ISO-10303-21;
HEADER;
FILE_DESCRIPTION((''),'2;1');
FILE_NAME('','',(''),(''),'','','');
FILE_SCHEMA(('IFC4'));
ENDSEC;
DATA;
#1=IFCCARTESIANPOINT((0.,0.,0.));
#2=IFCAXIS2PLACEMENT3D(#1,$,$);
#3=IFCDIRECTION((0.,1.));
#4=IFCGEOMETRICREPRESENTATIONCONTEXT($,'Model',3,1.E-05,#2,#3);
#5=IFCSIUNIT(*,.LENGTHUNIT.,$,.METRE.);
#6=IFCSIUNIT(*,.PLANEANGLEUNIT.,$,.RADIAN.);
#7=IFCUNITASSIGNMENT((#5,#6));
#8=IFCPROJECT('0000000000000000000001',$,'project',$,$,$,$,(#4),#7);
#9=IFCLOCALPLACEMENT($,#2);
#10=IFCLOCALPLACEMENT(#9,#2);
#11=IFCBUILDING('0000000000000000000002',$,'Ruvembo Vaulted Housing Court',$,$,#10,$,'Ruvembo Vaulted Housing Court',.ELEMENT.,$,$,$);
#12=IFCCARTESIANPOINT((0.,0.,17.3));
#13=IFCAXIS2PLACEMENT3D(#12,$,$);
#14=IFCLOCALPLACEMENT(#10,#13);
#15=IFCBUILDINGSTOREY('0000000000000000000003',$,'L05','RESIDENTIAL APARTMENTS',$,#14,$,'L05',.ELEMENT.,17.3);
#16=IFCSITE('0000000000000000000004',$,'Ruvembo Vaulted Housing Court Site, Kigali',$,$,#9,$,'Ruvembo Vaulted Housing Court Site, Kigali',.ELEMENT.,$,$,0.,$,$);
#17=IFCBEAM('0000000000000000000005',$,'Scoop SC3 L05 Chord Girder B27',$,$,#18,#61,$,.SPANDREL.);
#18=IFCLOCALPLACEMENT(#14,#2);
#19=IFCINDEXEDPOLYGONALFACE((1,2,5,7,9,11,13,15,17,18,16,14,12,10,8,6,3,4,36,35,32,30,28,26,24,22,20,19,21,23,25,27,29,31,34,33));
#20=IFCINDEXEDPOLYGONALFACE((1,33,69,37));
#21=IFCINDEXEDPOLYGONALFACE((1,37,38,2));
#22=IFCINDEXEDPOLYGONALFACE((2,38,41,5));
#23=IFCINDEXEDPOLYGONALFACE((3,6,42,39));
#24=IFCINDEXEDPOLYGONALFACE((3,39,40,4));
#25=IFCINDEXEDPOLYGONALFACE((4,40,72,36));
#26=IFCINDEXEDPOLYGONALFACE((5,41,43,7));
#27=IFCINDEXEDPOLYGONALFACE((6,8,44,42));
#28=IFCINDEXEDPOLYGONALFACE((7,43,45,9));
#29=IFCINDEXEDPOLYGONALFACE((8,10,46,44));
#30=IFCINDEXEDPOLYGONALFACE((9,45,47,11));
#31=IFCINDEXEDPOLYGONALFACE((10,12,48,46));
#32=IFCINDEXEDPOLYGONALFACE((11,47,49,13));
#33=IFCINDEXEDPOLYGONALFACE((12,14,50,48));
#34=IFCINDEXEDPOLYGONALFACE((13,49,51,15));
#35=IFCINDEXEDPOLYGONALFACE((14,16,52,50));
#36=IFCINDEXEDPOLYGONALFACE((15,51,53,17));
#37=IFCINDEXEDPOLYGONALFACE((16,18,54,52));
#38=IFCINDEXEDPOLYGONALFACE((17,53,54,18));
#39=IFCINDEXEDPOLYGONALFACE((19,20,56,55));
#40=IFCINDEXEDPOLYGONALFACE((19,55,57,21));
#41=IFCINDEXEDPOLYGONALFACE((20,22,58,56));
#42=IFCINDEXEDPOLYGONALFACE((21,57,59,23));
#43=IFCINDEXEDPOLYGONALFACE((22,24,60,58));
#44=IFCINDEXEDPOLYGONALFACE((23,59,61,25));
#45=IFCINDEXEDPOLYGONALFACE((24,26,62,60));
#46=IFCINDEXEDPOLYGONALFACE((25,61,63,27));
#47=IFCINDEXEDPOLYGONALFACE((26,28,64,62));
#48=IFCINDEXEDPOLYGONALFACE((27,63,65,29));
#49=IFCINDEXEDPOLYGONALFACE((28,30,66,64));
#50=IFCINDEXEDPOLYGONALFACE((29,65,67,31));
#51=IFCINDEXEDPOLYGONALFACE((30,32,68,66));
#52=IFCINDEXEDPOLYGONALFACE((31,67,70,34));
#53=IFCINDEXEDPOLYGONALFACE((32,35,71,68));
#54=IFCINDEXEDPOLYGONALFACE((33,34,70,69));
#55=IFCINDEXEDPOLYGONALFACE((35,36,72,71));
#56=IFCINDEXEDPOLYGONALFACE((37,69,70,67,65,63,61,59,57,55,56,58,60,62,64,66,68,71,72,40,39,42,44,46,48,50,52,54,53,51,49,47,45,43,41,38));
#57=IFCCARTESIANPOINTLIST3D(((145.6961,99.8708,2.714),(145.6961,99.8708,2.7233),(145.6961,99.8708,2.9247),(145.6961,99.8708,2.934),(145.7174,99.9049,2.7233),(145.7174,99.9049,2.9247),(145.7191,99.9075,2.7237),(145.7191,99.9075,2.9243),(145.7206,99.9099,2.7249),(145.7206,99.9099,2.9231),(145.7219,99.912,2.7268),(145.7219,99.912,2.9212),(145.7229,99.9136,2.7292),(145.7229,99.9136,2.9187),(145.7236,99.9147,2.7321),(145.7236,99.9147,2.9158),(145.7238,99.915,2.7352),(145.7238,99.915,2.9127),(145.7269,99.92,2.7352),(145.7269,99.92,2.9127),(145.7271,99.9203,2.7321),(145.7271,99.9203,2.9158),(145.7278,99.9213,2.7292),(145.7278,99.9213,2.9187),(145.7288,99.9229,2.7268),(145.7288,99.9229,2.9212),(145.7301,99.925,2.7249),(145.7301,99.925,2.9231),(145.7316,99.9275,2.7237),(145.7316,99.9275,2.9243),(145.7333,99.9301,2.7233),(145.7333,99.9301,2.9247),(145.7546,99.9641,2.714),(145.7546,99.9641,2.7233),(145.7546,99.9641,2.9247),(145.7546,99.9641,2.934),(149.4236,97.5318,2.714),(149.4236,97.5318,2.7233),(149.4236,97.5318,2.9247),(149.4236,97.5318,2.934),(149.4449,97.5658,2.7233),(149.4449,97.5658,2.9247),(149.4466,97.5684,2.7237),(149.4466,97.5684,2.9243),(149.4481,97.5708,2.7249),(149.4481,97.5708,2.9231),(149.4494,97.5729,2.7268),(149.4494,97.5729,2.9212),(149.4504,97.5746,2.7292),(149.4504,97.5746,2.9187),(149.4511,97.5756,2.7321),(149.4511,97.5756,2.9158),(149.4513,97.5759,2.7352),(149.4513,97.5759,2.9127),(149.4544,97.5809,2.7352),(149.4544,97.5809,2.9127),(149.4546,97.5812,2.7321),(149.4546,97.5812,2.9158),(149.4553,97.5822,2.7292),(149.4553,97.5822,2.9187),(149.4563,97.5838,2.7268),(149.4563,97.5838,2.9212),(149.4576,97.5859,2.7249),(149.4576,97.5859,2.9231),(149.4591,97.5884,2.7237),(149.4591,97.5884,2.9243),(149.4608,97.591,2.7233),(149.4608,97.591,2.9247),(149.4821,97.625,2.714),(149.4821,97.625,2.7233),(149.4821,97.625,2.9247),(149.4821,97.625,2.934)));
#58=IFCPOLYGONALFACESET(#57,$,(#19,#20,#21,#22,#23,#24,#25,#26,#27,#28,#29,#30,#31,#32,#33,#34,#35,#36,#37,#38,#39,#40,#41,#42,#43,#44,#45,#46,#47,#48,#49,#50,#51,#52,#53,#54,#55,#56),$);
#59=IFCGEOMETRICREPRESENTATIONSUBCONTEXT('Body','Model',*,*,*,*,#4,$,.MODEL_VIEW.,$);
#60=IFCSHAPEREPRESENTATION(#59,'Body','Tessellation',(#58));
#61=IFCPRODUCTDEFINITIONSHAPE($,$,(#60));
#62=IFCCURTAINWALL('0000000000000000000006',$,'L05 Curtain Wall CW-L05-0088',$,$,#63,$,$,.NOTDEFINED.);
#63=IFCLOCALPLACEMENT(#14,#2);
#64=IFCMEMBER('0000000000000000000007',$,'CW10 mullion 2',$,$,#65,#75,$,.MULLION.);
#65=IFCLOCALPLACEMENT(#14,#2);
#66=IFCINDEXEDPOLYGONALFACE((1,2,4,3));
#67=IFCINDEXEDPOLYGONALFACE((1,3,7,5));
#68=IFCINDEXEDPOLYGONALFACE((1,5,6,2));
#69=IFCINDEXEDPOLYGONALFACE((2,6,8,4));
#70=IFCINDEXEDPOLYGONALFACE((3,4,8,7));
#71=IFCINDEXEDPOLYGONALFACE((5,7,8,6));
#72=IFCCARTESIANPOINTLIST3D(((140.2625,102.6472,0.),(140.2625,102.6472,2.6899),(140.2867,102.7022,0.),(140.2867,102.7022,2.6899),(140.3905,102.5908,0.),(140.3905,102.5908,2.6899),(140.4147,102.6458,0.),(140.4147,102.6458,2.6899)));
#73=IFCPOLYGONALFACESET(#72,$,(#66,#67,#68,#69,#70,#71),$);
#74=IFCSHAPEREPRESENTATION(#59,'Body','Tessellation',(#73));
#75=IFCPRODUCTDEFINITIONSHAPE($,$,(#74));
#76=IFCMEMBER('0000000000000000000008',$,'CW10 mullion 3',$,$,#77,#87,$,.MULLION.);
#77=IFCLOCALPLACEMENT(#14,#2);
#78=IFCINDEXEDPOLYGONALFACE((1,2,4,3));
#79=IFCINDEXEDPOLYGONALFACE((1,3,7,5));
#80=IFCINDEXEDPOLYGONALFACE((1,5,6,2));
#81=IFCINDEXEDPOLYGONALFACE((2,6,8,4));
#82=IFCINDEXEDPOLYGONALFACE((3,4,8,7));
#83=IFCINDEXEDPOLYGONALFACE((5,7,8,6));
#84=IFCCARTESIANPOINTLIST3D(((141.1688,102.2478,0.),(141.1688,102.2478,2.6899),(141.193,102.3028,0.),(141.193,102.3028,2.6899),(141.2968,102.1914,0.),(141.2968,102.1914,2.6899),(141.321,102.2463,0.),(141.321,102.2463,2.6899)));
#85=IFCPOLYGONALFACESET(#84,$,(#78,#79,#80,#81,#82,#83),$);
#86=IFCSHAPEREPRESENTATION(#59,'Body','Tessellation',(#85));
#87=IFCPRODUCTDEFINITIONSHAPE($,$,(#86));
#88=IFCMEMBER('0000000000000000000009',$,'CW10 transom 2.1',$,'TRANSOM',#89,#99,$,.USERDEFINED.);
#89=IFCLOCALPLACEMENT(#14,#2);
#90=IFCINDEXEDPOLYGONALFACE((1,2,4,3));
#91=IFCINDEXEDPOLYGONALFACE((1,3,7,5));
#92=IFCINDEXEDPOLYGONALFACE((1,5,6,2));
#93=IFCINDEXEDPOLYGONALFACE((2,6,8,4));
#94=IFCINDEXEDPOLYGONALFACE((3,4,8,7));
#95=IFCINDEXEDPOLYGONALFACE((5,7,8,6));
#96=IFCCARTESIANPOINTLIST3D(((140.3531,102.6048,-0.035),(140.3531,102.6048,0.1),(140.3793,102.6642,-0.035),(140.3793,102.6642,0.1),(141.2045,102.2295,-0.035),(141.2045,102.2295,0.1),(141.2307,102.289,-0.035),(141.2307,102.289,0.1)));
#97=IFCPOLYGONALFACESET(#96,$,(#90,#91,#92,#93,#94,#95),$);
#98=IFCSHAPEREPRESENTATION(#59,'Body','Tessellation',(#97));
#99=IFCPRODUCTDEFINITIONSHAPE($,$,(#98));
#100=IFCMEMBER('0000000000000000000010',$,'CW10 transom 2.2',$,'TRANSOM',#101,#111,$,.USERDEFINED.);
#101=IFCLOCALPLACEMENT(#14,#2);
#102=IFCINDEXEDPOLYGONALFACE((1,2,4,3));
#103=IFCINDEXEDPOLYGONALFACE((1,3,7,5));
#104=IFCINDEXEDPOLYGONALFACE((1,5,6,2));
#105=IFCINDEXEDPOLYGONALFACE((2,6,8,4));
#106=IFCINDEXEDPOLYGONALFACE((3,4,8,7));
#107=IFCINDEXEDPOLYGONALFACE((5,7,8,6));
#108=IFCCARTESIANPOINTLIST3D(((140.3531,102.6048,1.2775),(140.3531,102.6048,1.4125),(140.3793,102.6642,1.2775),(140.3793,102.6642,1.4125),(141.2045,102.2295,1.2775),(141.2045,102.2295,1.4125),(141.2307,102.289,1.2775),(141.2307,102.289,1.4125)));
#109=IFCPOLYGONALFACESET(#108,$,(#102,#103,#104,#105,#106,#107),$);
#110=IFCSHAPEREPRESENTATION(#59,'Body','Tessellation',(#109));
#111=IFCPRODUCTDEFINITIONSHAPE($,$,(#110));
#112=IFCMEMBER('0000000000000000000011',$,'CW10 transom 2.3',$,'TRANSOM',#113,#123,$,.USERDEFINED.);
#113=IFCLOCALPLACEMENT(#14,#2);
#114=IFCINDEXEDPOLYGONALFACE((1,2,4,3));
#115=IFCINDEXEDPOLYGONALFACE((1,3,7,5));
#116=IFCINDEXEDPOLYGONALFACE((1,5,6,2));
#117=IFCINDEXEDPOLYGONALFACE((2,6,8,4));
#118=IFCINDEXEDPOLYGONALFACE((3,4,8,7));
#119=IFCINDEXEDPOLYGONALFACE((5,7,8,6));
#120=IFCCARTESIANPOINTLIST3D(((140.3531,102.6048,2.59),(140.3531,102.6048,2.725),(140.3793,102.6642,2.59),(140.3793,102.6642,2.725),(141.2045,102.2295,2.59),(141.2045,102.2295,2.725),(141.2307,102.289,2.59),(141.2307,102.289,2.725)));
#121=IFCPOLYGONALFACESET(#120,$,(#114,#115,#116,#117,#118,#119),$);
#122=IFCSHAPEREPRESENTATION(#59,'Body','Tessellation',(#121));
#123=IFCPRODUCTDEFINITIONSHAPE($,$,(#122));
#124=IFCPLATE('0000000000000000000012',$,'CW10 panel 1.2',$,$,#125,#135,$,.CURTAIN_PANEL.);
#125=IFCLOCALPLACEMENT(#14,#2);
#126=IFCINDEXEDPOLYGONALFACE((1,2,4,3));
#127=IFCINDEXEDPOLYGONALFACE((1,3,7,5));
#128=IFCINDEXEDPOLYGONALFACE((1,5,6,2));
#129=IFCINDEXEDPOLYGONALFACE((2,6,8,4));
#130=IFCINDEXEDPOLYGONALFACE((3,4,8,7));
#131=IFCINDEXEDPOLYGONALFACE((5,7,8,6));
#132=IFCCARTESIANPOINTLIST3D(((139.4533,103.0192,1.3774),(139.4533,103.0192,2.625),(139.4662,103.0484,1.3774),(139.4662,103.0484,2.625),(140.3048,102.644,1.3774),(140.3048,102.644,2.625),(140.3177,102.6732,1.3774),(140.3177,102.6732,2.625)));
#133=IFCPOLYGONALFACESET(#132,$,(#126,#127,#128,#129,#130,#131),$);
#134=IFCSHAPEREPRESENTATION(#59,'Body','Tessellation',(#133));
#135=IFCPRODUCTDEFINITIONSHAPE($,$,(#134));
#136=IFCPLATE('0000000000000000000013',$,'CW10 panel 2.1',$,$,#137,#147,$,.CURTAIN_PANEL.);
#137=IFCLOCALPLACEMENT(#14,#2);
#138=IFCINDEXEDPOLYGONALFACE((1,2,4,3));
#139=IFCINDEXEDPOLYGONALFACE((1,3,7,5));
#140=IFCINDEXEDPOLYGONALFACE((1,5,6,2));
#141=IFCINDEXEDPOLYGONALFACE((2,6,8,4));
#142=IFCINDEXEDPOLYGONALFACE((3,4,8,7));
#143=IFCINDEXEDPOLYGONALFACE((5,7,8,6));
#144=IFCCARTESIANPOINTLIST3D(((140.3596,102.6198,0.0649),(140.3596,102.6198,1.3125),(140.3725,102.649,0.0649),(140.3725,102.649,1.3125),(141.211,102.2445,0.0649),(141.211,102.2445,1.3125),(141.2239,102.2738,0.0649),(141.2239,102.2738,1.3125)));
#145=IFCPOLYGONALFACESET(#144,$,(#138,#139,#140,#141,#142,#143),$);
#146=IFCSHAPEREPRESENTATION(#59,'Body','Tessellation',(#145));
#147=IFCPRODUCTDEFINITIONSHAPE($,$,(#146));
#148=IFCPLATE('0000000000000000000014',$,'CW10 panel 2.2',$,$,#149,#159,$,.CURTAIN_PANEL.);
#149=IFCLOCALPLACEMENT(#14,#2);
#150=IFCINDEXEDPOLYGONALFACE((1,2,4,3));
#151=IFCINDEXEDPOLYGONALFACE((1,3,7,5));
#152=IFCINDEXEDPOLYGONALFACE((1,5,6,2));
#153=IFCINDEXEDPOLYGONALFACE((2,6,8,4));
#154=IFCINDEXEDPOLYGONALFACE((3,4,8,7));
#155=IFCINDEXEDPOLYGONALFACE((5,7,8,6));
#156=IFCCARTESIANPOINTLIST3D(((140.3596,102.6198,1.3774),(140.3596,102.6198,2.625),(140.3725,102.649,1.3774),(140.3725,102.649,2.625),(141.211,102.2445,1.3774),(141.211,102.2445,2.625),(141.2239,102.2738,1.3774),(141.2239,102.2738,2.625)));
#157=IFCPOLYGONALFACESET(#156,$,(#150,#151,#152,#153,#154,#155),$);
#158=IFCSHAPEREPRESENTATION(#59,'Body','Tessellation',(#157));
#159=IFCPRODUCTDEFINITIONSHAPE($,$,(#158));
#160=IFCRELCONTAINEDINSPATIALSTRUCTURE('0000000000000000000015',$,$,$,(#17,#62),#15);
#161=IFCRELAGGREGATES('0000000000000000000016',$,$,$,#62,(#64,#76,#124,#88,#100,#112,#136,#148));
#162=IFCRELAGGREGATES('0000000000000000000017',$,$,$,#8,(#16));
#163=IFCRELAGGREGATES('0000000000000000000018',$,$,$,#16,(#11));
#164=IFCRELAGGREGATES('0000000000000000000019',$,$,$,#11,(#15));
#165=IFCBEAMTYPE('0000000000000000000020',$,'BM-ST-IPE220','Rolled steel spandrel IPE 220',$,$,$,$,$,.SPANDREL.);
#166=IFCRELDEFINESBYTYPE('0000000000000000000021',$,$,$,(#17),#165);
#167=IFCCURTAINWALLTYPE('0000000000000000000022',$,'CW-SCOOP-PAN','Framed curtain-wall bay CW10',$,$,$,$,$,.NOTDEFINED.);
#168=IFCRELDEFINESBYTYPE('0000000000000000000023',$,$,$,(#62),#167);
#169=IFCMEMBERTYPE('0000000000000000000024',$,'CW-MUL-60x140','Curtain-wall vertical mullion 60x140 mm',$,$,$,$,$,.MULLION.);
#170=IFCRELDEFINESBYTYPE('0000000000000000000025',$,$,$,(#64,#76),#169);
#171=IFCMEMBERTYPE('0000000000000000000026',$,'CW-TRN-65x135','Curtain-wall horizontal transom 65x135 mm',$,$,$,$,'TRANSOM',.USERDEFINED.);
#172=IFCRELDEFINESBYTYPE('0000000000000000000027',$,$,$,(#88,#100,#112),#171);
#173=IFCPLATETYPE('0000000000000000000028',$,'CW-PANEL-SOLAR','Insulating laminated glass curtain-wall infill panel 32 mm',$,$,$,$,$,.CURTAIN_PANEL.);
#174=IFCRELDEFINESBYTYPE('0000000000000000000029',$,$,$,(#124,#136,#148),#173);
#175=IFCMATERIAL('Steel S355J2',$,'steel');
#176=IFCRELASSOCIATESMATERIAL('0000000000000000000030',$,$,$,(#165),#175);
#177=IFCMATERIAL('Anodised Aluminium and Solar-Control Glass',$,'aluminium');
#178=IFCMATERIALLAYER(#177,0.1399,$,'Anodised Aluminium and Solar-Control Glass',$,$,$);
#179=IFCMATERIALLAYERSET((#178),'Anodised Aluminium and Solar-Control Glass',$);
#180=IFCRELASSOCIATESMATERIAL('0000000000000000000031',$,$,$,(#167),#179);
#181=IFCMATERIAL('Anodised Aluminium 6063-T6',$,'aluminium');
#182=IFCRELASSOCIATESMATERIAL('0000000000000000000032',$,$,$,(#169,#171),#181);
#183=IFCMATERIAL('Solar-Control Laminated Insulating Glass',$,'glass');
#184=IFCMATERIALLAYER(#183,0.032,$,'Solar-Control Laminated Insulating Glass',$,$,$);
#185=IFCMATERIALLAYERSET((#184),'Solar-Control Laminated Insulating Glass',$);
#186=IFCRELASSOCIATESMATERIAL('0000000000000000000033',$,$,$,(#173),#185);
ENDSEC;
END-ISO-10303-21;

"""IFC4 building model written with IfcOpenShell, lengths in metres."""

from ifc_helpers import new_model, si_unit, direction, frame, origin, origin_2d, place, context, subcontext, project, spatial, rectangle, i_section, extrude, material, layer, layer_set, material_profile, profile_set, type_object, element, aggregate, save


model = new_model("IFC4")

# Units and contexts
model_context = context("Model", 3, precision=1e-05, world=origin(), true_north=direction((0.0, 1.0)))
body_context = subcontext(model_context, "Body", "Model", "MODEL_VIEW")
ifc_project = project(units=[si_unit("LENGTHUNIT", "METRE"), si_unit("PLANEANGLEUNIT", "RADIAN")], contexts=[model_context])

# Site, building, storey
site_placement = place(None, origin())
site = spatial("IfcSite", under=ifc_project, at=site_placement, Name="Ruvembo Vaulted Housing Court Site, Kigali", LongName="Ruvembo Vaulted Housing Court Site, Kigali", CompositionType="ELEMENT", RefElevation=0.0)
building_placement = place(site_placement, origin())
building = spatial("IfcBuilding", under=site, at=building_placement, Name="Ruvembo Vaulted Housing Court", LongName="Ruvembo Vaulted Housing Court", CompositionType="ELEMENT")
storey_placement = place(building_placement, frame((0.0, 0.0, 17.3)))
storey = spatial("IfcBuildingStorey", under=building, at=storey_placement, Name="L05", Description="RESIDENTIAL APARTMENTS", LongName="L05", CompositionType="ELEMENT", Elevation=17.3)

# Beam
ifc_material_1 = material(Name="Steel S355J2", Category="steel")
ifc_material_profile_1 = material_profile(ifc_material_1, i_section(OverallWidth=0.1101, OverallDepth=0.22, WebThickness=0.0059, FlangeThickness=0.0093, FilletRadius=0.012, at=origin_2d()), Name="IPE 220")
ifc_profile_set_1 = profile_set([ifc_material_profile_1], Name="Steel S355J2")
beam_type_1 = type_object("IfcBeamType", Name="BM-ST-IPE220", Description="Rolled steel spandrel IPE 220", PredefinedType="SPANDREL", material=ifc_profile_set_1)
beam_1_placement = place(storey_placement, frame((145.7253, 99.9175, 2.824), z_axis=(0.847037, -0.531534, 0.0), x_axis=(0.531534, 0.847037, 0.0)))
element("IfcBeam", 1, at=beam_1_placement, inside=storey, type_object=beam_type_1, Name="Scoop SC3 L05 Chord Girder B27", PredefinedType="SPANDREL", context=body_context, shape_type="SweptSolid", body=[
    extrude(i_section(OverallWidth=0.1101, OverallDepth=0.22, WebThickness=0.0059, FlangeThickness=0.0093, FilletRadius=0.012, at=origin_2d()), origin(), (0.0, 0.0, 1.0), 4.4006),
])

# Curtain wall, members, plates
ifc_material_2 = material(Name="Anodised Aluminium and Solar-Control Glass", Category="aluminium")
ifc_layer_1 = layer(ifc_material_2, 0.1399, Name="Anodised Aluminium and Solar-Control Glass")
ifc_layer_set_1 = layer_set([ifc_layer_1], Name="Anodised Aluminium and Solar-Control Glass")
curtain_wall_type = type_object("IfcCurtainWallType", Name="CW-SCOOP-PAN", Description="Framed curtain-wall bay CW10", PredefinedType="NOTDEFINED", material=ifc_layer_set_1)
curtain_wall_placement = place(storey_placement, origin())
curtain_wall = element("IfcCurtainWall", 2, at=curtain_wall_placement, inside=storey, type_object=curtain_wall_type, Name="L05 Curtain Wall CW-L05-0088", PredefinedType="NOTDEFINED")
ifc_material_3 = material(Name="Anodised Aluminium 6063-T6", Category="aluminium")
ifc_material_profile_2 = material_profile(ifc_material_3, rectangle(XDim=0.0601, YDim=0.1399, at=origin_2d()), Name="ALU 60x140")
ifc_profile_set_2 = profile_set([ifc_material_profile_2], Name="Anodised Aluminium 6063-T6")
member_type_1 = type_object("IfcMemberType", Name="CW-MUL-60x140", Description="Curtain-wall vertical mullion 60x140 mm", PredefinedType="MULLION", material=ifc_profile_set_2)
member_1_placement = place(storey_placement, frame((140.3386, 102.6465, 0.0), z_axis=(0.0, 0.0, 1.0), x_axis=(0.403272, 0.91508, 0.0)))
member_1 = element("IfcMember", 3, at=member_1_placement, type_object=member_type_1, Name="CW10 mullion 2", PredefinedType="MULLION", context=body_context, shape_type="SweptSolid", body=[
    extrude(rectangle(XDim=0.0601, YDim=0.1399, at=origin_2d()), origin(), (0.0, 0.0, 1.0), 2.6899),
])
member_2_placement = place(storey_placement, frame((141.2449, 102.2471, 0.0), z_axis=(0.0, 0.0, 1.0), x_axis=(0.403272, 0.91508, 0.0)))
member_2 = element("IfcMember", 4, at=member_2_placement, type_object=member_type_1, Name="CW10 mullion 3", PredefinedType="MULLION", context=body_context, shape_type="SweptSolid", body=[
    extrude(rectangle(XDim=0.0601, YDim=0.1399, at=origin_2d()), origin(), (0.0, 0.0, 1.0), 2.6899),
])
ifc_material_profile_3 = material_profile(ifc_material_3, rectangle(XDim=0.0649, YDim=0.135, at=origin_2d()), Name="ALU 65x135")
ifc_profile_set_3 = profile_set([ifc_material_profile_3], Name="Anodised Aluminium 6063-T6")
member_type_2 = type_object("IfcMemberType", Name="CW-TRN-65x135", Description="Curtain-wall horizontal transom 65x135 mm", ElementType="TRANSOM", PredefinedType="USERDEFINED", material=ifc_profile_set_3)
member_3_placement = place(storey_placement, frame((140.3662, 102.6345, 0.0325), z_axis=(0.915052, -0.403337, 0.0), x_axis=(0.403337, 0.915052, 0.0)))
member_3 = element("IfcMember", 5, at=member_3_placement, type_object=member_type_2, Name="CW10 transom 2.1", ObjectType="TRANSOM", PredefinedType="USERDEFINED", context=body_context, shape_type="SweptSolid", body=[
    extrude(rectangle(XDim=0.0649, YDim=0.135, at=origin_2d()), origin(), (0.0, 0.0, 1.0), 0.9304),
])
member_4_placement = place(storey_placement, frame((140.3662, 102.6345, 1.345), z_axis=(0.915052, -0.403337, 0.0), x_axis=(0.403337, 0.915052, 0.0)))
member_4 = element("IfcMember", 6, at=member_4_placement, type_object=member_type_2, Name="CW10 transom 2.2", ObjectType="TRANSOM", PredefinedType="USERDEFINED", context=body_context, shape_type="SweptSolid", body=[
    extrude(rectangle(XDim=0.0649, YDim=0.135, at=origin_2d()), origin(), (0.0, 0.0, 1.0), 0.9304),
])
member_5_placement = place(storey_placement, frame((140.3662, 102.6345, 2.6575), z_axis=(0.915052, -0.403337, 0.0), x_axis=(0.403337, 0.915052, 0.0)))
member_5 = element("IfcMember", 7, at=member_5_placement, type_object=member_type_2, Name="CW10 transom 2.3", ObjectType="TRANSOM", PredefinedType="USERDEFINED", context=body_context, shape_type="SweptSolid", body=[
    extrude(rectangle(XDim=0.0649, YDim=0.135, at=origin_2d()), origin(), (0.0, 0.0, 1.0), 0.9304),
])
ifc_material_4 = material(Name="Solar-Control Laminated Insulating Glass", Category="glass")
ifc_layer_2 = layer(ifc_material_4, 0.032, Name="Solar-Control Laminated Insulating Glass")
ifc_layer_set_2 = layer_set([ifc_layer_2], Name="Solar-Control Laminated Insulating Glass")
plate_type = type_object("IfcPlateType", Name="CW-PANEL-SOLAR", Description="Insulating laminated glass curtain-wall infill panel 32 mm", PredefinedType="CURTAIN_PANEL", material=ifc_layer_set_2)
plate_1_placement = place(storey_placement, frame((139.8855, 102.8462, 1.3774), z_axis=(0.0, 0.0, 1.0), x_axis=(0.91508, -0.403272, 0.0)))
plate_1 = element("IfcPlate", 8, at=plate_1_placement, type_object=plate_type, Name="CW10 panel 1.2", PredefinedType="CURTAIN_PANEL", context=body_context, shape_type="SweptSolid", body=[
    extrude(rectangle(XDim=0.9304, YDim=0.032, at=origin_2d()), origin(), (0.0, 0.0, 1.0), 1.2476),
])
plate_2_placement = place(storey_placement, frame((140.7917, 102.4468, 0.0649), z_axis=(0.0, 0.0, 1.0), x_axis=(0.91508, -0.403272, 0.0)))
plate_2 = element("IfcPlate", 9, at=plate_2_placement, type_object=plate_type, Name="CW10 panel 2.1", PredefinedType="CURTAIN_PANEL", context=body_context, shape_type="SweptSolid", body=[
    extrude(rectangle(XDim=0.9304, YDim=0.032, at=origin_2d()), origin(), (0.0, 0.0, 1.0), 1.2476),
])
plate_3_placement = place(storey_placement, frame((140.7917, 102.4468, 1.3774), z_axis=(0.0, 0.0, 1.0), x_axis=(0.91508, -0.403272, 0.0)))
plate_3 = element("IfcPlate", 10, at=plate_3_placement, type_object=plate_type, Name="CW10 panel 2.2", PredefinedType="CURTAIN_PANEL", context=body_context, shape_type="SweptSolid", body=[
    extrude(rectangle(XDim=0.9304, YDim=0.032, at=origin_2d()), origin(), (0.0, 0.0, 1.0), 1.2476),
])
aggregate(curtain_wall, [member_1, member_2, plate_1, member_3, member_4, member_5, plate_2, plate_3])

save(model, "model.ifc")
